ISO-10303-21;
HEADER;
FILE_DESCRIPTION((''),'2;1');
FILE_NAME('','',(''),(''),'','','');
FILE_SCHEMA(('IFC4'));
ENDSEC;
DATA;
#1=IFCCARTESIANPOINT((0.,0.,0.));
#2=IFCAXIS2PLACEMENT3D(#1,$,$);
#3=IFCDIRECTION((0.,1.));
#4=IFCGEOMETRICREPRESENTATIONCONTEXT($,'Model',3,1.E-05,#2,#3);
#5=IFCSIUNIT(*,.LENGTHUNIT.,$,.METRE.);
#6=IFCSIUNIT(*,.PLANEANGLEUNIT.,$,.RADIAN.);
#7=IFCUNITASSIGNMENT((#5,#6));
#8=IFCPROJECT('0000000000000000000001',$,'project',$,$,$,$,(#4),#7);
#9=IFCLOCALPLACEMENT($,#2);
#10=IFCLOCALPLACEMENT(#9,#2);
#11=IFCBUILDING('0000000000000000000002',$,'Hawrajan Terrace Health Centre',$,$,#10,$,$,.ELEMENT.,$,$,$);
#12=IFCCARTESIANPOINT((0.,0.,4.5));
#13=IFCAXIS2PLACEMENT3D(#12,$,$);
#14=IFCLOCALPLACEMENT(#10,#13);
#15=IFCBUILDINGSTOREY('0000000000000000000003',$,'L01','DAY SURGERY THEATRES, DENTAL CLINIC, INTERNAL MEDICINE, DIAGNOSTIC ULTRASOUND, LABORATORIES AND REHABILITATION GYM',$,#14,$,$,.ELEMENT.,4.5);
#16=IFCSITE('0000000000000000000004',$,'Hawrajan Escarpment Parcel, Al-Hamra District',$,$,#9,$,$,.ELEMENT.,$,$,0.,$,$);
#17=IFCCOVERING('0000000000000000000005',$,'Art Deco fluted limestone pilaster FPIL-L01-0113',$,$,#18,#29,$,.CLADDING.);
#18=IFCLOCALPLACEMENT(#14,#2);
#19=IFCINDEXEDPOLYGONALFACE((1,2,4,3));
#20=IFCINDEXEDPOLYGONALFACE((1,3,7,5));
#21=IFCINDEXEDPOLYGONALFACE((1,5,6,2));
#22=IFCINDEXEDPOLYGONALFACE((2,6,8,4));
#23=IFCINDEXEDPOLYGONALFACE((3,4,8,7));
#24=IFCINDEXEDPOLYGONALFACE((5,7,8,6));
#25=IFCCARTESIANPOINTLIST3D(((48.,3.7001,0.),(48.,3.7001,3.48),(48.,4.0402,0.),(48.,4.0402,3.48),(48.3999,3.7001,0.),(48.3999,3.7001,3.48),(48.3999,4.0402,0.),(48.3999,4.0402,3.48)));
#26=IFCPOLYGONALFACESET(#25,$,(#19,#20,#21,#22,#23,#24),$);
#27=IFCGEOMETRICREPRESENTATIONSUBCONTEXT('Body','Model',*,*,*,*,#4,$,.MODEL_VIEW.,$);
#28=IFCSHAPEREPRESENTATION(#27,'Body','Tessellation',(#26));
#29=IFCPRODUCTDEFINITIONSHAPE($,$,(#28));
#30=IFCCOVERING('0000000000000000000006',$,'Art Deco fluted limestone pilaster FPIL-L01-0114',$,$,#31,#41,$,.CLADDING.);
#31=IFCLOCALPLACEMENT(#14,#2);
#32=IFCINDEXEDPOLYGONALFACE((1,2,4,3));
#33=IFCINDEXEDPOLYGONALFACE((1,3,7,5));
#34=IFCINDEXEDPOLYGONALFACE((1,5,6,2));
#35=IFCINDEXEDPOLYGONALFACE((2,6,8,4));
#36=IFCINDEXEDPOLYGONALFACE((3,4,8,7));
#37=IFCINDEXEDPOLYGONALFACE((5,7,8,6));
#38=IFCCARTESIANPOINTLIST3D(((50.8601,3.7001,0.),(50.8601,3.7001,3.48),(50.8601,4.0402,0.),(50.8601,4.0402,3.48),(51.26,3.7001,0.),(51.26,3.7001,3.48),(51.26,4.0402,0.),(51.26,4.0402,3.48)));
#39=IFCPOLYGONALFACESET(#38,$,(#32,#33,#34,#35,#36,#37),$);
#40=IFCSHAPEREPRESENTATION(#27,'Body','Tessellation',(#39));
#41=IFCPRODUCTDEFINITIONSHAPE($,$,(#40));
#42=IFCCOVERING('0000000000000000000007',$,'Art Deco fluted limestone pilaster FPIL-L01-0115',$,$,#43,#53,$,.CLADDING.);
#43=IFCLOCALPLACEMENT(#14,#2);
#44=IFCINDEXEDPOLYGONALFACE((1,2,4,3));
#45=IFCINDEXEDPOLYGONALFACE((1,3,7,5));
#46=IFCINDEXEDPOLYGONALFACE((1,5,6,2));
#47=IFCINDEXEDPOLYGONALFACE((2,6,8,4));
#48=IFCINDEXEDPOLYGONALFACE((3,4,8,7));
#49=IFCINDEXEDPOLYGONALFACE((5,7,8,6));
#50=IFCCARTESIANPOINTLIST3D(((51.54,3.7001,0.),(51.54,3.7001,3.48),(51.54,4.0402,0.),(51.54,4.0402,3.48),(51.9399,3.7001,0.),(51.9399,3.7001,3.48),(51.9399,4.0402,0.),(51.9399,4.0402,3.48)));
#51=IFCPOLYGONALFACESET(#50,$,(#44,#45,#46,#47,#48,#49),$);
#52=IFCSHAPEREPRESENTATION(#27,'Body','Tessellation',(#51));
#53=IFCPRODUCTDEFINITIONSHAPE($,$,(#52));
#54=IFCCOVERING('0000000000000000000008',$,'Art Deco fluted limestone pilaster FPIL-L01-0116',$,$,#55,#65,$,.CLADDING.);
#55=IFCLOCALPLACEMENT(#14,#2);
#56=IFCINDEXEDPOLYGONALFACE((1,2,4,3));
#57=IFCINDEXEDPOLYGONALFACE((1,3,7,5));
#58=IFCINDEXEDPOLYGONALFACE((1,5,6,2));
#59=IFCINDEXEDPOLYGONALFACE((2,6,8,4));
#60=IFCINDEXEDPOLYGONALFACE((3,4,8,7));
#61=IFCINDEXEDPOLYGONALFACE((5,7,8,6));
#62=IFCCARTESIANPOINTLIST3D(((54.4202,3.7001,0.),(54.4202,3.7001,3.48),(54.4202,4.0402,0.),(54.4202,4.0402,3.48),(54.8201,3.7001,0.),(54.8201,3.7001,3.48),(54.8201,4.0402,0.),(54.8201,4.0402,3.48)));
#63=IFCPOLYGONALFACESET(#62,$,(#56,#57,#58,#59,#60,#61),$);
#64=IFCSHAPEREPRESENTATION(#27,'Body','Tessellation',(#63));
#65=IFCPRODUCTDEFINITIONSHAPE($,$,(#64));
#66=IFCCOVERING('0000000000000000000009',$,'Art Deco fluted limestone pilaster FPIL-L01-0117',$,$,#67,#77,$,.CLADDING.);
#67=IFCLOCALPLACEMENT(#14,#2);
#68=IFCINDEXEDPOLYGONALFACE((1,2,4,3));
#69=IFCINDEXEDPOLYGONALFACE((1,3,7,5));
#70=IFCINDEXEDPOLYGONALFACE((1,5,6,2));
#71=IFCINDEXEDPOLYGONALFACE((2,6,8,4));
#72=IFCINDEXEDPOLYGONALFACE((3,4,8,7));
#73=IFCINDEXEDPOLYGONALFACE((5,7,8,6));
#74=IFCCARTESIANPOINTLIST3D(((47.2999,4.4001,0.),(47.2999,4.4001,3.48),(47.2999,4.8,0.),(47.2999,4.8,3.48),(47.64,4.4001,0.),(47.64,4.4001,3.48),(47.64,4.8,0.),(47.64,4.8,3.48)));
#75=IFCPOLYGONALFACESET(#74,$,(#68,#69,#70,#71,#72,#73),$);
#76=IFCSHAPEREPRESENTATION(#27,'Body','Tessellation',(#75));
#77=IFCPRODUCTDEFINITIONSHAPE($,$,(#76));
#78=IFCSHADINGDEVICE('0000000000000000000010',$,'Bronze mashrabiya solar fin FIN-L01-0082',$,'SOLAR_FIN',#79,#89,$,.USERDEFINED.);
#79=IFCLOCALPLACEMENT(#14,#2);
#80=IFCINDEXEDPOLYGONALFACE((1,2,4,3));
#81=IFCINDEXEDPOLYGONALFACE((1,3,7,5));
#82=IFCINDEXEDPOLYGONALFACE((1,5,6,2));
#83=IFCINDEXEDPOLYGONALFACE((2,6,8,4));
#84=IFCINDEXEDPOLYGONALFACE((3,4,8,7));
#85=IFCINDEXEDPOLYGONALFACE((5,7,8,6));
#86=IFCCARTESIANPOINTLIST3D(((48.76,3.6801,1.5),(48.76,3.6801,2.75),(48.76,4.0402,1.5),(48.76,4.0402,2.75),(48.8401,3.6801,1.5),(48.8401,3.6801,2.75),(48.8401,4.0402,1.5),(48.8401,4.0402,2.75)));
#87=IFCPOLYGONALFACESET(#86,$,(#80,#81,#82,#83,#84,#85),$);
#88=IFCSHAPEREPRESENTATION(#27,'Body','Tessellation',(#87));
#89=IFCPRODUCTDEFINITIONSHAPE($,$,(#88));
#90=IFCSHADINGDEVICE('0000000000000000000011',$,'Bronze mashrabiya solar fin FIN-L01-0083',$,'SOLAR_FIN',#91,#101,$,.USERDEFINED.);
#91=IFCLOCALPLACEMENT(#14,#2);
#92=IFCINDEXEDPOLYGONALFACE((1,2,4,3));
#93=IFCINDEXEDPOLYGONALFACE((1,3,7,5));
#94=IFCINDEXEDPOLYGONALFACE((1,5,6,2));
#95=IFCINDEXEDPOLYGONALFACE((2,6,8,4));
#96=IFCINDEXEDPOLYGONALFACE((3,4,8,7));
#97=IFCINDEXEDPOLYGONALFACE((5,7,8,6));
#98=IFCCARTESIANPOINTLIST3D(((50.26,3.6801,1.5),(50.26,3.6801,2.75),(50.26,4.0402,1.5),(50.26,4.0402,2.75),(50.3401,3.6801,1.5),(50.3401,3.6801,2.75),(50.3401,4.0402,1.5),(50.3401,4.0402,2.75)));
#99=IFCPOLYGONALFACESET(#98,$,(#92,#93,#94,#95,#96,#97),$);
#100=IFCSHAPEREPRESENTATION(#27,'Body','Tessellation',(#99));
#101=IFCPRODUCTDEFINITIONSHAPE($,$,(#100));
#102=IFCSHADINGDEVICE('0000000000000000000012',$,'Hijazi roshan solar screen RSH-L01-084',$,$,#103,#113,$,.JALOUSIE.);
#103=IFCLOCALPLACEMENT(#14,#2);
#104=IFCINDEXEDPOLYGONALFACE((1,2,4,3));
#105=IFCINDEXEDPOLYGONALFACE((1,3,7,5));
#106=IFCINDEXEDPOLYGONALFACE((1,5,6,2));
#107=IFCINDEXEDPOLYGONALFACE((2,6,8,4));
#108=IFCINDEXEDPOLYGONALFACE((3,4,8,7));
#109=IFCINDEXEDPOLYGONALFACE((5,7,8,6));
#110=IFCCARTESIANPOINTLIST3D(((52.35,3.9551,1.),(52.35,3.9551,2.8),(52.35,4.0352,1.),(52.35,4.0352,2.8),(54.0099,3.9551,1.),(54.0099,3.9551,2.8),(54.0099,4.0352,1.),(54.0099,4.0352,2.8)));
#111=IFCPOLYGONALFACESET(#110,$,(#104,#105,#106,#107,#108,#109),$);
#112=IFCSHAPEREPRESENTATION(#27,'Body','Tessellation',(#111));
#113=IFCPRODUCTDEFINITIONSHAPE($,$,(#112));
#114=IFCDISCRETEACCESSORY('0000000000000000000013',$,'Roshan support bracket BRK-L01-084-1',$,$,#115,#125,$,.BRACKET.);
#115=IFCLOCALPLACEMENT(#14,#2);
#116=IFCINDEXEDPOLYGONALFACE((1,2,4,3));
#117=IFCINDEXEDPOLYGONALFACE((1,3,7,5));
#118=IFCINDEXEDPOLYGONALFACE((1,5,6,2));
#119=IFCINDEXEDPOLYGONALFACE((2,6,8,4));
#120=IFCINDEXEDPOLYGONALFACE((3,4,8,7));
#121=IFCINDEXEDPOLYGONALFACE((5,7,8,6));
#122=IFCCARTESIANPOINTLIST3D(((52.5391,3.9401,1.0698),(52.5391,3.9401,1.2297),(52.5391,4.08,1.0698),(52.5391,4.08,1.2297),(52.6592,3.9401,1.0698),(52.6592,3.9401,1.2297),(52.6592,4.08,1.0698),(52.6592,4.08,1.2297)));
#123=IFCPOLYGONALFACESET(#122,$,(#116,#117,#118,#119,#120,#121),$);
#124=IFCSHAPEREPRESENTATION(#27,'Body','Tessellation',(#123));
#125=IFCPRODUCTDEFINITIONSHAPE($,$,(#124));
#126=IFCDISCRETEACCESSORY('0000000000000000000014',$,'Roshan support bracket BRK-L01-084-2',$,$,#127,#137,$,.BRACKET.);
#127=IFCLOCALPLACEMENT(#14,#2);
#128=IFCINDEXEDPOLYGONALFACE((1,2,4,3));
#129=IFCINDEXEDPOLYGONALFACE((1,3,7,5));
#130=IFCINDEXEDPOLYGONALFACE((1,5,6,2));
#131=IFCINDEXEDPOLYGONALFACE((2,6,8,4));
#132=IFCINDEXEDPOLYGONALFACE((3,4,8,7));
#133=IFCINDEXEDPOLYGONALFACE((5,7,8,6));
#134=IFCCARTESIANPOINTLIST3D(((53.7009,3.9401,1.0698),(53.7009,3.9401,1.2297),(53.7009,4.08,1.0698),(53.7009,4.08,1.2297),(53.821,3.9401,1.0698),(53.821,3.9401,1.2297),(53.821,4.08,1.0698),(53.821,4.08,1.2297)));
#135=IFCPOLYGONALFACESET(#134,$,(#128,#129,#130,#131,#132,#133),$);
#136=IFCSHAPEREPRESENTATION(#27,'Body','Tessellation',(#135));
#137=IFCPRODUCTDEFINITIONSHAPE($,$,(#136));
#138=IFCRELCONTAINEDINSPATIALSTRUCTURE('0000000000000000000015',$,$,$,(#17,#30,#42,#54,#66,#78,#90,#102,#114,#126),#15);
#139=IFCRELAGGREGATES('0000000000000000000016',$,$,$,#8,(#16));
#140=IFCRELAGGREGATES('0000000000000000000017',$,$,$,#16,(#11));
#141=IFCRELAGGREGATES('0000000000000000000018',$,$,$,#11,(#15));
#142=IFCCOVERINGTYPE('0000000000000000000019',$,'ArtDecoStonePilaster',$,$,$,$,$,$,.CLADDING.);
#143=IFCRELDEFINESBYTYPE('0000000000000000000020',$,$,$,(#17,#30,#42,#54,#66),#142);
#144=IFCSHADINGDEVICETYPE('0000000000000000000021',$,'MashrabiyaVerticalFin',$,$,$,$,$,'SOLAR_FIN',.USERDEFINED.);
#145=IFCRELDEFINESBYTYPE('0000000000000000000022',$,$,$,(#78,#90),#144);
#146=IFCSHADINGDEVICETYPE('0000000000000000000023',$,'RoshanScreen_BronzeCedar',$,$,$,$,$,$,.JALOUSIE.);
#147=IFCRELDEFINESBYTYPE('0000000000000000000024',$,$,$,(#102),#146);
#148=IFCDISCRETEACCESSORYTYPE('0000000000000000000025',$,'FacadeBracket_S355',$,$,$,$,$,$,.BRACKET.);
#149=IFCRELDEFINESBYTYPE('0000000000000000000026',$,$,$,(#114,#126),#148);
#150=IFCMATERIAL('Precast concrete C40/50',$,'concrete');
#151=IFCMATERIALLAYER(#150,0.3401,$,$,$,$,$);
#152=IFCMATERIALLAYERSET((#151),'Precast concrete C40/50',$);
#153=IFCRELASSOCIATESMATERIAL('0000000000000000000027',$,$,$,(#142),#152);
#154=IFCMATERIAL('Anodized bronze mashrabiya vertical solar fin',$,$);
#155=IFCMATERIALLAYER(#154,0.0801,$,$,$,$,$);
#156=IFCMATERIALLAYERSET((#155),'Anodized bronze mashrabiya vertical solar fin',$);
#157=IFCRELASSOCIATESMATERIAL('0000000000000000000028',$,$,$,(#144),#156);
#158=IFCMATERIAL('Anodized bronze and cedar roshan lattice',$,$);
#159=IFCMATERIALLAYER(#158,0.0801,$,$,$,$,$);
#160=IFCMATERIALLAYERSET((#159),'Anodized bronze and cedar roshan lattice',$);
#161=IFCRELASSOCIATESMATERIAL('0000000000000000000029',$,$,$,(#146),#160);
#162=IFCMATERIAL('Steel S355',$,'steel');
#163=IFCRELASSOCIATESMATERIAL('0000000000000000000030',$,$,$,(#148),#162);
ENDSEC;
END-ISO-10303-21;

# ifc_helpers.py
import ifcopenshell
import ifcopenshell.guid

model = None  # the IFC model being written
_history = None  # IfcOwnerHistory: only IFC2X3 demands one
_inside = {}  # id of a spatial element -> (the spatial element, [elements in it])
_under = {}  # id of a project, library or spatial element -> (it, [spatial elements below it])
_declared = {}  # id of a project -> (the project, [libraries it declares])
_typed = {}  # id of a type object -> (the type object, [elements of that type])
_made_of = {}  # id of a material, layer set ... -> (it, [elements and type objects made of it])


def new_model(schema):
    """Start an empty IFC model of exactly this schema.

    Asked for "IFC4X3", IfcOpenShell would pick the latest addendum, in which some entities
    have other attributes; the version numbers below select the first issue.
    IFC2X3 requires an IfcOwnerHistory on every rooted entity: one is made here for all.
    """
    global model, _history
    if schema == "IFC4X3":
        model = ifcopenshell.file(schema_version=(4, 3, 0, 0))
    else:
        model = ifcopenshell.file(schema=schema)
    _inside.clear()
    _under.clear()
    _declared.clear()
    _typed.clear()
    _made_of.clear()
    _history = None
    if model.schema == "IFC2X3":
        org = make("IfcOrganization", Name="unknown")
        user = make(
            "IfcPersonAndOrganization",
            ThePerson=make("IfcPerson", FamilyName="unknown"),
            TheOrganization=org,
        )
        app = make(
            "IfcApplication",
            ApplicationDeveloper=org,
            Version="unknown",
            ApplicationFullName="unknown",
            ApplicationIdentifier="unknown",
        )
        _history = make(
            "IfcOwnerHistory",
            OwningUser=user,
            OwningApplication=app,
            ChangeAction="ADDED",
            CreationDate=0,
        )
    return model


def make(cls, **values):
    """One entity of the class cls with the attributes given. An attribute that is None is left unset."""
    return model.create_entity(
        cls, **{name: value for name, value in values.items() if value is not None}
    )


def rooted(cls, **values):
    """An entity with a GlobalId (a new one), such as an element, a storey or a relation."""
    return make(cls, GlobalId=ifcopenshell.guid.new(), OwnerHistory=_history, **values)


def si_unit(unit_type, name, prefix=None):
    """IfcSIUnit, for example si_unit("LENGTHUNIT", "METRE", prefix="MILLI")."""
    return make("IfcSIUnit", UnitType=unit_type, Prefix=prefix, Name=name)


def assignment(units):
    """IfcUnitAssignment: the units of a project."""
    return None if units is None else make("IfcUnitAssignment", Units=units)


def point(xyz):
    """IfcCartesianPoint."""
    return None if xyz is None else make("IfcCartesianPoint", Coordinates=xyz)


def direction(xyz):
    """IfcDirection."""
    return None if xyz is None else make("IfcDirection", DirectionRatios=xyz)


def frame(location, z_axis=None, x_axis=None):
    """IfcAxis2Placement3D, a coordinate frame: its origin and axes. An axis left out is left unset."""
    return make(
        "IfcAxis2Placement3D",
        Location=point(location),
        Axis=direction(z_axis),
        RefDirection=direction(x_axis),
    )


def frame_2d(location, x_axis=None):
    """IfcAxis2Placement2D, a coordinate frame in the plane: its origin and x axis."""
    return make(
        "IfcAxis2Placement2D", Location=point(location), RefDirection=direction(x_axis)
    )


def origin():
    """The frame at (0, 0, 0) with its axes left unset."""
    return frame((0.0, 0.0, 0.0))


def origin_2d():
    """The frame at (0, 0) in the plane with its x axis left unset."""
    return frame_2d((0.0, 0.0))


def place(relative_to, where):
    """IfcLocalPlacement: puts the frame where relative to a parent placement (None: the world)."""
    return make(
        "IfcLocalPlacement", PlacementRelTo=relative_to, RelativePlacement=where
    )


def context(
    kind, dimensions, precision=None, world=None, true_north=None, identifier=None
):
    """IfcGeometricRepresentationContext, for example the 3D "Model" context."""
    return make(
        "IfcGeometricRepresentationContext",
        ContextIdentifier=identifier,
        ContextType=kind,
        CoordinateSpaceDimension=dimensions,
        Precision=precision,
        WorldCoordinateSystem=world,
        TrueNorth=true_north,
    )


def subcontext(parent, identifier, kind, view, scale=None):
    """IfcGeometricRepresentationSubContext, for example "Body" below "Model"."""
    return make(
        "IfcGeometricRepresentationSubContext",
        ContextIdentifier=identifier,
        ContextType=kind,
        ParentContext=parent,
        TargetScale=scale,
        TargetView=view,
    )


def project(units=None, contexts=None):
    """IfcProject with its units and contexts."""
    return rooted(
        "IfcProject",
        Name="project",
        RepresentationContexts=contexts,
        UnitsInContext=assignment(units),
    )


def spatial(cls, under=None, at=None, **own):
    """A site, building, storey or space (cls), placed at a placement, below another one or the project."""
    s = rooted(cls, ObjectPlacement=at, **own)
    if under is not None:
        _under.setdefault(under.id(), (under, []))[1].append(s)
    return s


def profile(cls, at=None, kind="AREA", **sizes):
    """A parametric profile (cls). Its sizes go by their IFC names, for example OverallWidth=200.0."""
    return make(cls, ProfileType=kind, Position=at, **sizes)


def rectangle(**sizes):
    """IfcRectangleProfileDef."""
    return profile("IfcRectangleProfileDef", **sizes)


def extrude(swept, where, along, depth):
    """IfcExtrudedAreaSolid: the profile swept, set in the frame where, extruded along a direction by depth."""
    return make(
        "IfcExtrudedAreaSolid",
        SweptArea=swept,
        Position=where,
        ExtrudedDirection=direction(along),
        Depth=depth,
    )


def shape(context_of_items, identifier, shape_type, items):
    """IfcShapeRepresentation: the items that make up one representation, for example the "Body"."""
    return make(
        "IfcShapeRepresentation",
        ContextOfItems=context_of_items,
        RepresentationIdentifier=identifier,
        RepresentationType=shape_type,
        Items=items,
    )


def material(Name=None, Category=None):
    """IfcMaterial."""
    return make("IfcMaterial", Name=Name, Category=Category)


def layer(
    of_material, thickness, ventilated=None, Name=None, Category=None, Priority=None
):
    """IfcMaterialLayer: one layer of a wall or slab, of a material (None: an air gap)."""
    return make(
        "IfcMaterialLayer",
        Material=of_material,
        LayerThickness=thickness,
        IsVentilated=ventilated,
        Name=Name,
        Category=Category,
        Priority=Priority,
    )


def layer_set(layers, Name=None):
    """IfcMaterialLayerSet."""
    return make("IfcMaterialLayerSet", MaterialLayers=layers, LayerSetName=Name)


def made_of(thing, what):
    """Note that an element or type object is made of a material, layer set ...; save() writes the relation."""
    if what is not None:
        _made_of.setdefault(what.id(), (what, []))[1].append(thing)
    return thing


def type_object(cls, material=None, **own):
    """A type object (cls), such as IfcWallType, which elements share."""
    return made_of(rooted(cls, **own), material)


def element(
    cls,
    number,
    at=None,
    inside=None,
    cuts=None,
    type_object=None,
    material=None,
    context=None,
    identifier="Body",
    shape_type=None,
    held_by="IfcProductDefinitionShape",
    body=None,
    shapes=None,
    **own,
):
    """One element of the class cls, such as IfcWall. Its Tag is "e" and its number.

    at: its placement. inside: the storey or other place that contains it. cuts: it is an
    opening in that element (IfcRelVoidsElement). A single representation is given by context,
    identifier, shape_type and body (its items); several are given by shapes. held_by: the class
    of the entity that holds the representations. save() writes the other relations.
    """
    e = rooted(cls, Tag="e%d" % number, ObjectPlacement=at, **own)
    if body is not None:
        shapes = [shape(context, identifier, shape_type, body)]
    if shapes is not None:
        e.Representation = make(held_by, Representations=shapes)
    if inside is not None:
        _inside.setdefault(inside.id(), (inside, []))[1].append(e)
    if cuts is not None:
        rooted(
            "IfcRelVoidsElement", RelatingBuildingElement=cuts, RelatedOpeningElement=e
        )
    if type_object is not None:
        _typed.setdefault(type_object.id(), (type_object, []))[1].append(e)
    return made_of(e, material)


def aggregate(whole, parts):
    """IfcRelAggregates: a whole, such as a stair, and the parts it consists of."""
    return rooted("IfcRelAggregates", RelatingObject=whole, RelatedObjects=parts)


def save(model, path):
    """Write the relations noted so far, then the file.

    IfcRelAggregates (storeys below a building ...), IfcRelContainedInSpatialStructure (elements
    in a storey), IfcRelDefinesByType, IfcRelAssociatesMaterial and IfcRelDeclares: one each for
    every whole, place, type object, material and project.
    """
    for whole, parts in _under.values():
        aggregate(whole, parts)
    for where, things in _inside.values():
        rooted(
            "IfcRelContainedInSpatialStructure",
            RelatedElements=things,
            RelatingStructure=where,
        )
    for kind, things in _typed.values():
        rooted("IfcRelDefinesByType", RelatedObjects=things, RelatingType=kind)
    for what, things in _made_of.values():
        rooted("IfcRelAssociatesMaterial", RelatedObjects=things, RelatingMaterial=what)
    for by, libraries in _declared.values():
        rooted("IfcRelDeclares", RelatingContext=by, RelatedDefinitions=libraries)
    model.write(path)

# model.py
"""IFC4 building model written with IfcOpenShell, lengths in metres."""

from ifc_helpers import new_model, si_unit, direction, frame, origin, origin_2d, place, context, subcontext, project, spatial, rectangle, extrude, material, layer, layer_set, type_object, element, save


model = new_model("IFC4")

# Units and contexts
model_context = context("Model", 3, precision=1e-05, world=origin(), true_north=direction((0.0, 1.0)))
body_context = subcontext(model_context, "Body", "Model", "MODEL_VIEW")
ifc_project = project(units=[si_unit("LENGTHUNIT", "METRE"), si_unit("PLANEANGLEUNIT", "RADIAN")], contexts=[model_context])

# Site, building, storey
site_placement = place(None, origin())
site = spatial("IfcSite", under=ifc_project, at=site_placement, Name="Hawrajan Escarpment Parcel, Al-Hamra District", CompositionType="ELEMENT", RefElevation=0.0)
building_placement = place(site_placement, origin())
building = spatial("IfcBuilding", under=site, at=building_placement, Name="Hawrajan Terrace Health Centre", CompositionType="ELEMENT")
storey_placement = place(building_placement, frame((0.0, 0.0, 4.5)))
storey = spatial("IfcBuildingStorey", under=building, at=storey_placement, Name="L01", Description="DAY SURGERY THEATRES, DENTAL CLINIC, INTERNAL MEDICINE, DIAGNOSTIC ULTRASOUND, LABORATORIES AND REHABILITATION GYM", CompositionType="ELEMENT", Elevation=4.5)

# Shared definitions
ifc_material_1 = material(Name="Steel S355", Category="steel")

# Shared definitions
ifc_material_2 = material(Name="Precast concrete C40/50", Category="concrete")

# Coverings
ifc_layer_1 = layer(ifc_material_2, 0.3401)
ifc_layer_set_1 = layer_set([ifc_layer_1], Name="Precast concrete C40/50")
covering_type_1 = type_object("IfcCoveringType", Name="ArtDecoStonePilaster", PredefinedType="CLADDING", material=ifc_layer_set_1)
for number, where, z_axis, x_axis, name in (
    (1, (48.2, 3.8701, 0.0), (0.0, 0.0, 1.0), (1.0, 0.0, 0.0), "Art Deco fluted limestone pilaster FPIL-L01-0113"),
    (2, (51.0601, 3.8701, 0.0), (0.0, 0.0, 1.0), (1.0, 0.0, 0.0), "Art Deco fluted limestone pilaster FPIL-L01-0114"),
    (3, (51.74, 3.8701, 0.0), (0.0, 0.0, 1.0), (1.0, 0.0, 0.0), "Art Deco fluted limestone pilaster FPIL-L01-0115"),
    (4, (54.6201, 3.8701, 0.0), (0.0, 0.0, 1.0), (1.0, 0.0, 0.0), "Art Deco fluted limestone pilaster FPIL-L01-0116"),
    (5, (47.47, 4.6001, 0.0), (0.0, 0.0, 1.0), (0.0, 1.0, 0.0), "Art Deco fluted limestone pilaster FPIL-L01-0117"),
):
    element("IfcCovering", number, at=place(storey_placement, frame(where, z_axis=z_axis, x_axis=x_axis)), inside=storey, type_object=covering_type_1, Name=name, PredefinedType="CLADDING", context=body_context, shape_type="SweptSolid", body=[
        extrude(rectangle(XDim=0.3999, YDim=0.3401, at=origin_2d()), origin(), (0.0, 0.0, 1.0), 3.48),
    ])

# Shading devices
ifc_material_3 = material(Name="Anodized bronze mashrabiya vertical solar fin")
ifc_layer_2 = layer(ifc_material_3, 0.0801)
ifc_layer_set_2 = layer_set([ifc_layer_2], Name="Anodized bronze mashrabiya vertical solar fin")
shading_device_type_1 = type_object("IfcShadingDeviceType", Name="MashrabiyaVerticalFin", ElementType="SOLAR_FIN", PredefinedType="USERDEFINED", material=ifc_layer_set_2)
for number, where, z_axis, x_axis, name in (
    (6, (48.8, 3.8601, 1.5), (0.0, 0.0, 1.0), (1.0, 0.0, 0.0), "Bronze mashrabiya solar fin FIN-L01-0082"),
    (7, (50.3, 3.8601, 1.5), (0.0, 0.0, 1.0), (1.0, 0.0, 0.0), "Bronze mashrabiya solar fin FIN-L01-0083"),
):
    element("IfcShadingDevice", number, at=place(storey_placement, frame(where, z_axis=z_axis, x_axis=x_axis)), inside=storey, type_object=shading_device_type_1, Name=name, ObjectType="SOLAR_FIN", PredefinedType="USERDEFINED", context=body_context, shape_type="SweptSolid", body=[
        extrude(rectangle(XDim=0.0801, YDim=0.3601, at=origin_2d()), origin(), (0.0, 0.0, 1.0), 1.25),
    ])
ifc_material_4 = material(Name="Anodized bronze and cedar roshan lattice")
ifc_layer_3 = layer(ifc_material_4, 0.0801)
ifc_layer_set_3 = layer_set([ifc_layer_3], Name="Anodized bronze and cedar roshan lattice")
shading_device_type_2 = type_object("IfcShadingDeviceType", Name="RoshanScreen_BronzeCedar", PredefinedType="JALOUSIE", material=ifc_layer_set_3)
shading_device_placement = place(storey_placement, frame((53.1799, 3.9951, 1.0), z_axis=(0.0, 0.0, 1.0), x_axis=(1.0, 0.0, 0.0)))
element("IfcShadingDevice", 8, at=shading_device_placement, inside=storey, type_object=shading_device_type_2, Name="Hijazi roshan solar screen RSH-L01-084", PredefinedType="JALOUSIE", context=body_context, shape_type="SweptSolid", body=[
    extrude(rectangle(XDim=1.6599, YDim=0.0801, at=origin_2d()), origin(), (0.0, 0.0, 1.0), 1.8),
])

# Discrete accessories
discrete_accessory_type = type_object("IfcDiscreteAccessoryType", Name="FacadeBracket_S355", PredefinedType="BRACKET", material=ifc_material_1)
for number, where, z_axis, x_axis, name in (
    (9, (52.5991, 4.01, 1.0698), (0.0, 0.0, 1.0), (1.0, 0.0, 0.0), "Roshan support bracket BRK-L01-084-1"),
    (10, (53.761, 4.01, 1.0698), (0.0, 0.0, 1.0), (1.0, 0.0, 0.0), "Roshan support bracket BRK-L01-084-2"),
):
    element("IfcDiscreteAccessory", number, at=place(storey_placement, frame(where, z_axis=z_axis, x_axis=x_axis)), inside=storey, type_object=discrete_accessory_type, Name=name, PredefinedType="BRACKET", context=body_context, shape_type="SweptSolid", body=[
        extrude(rectangle(XDim=0.1201, YDim=0.1399, at=origin_2d()), origin(), (0.0, 0.0, 1.0), 0.1599),
    ])

save(model, "model.ifc")
